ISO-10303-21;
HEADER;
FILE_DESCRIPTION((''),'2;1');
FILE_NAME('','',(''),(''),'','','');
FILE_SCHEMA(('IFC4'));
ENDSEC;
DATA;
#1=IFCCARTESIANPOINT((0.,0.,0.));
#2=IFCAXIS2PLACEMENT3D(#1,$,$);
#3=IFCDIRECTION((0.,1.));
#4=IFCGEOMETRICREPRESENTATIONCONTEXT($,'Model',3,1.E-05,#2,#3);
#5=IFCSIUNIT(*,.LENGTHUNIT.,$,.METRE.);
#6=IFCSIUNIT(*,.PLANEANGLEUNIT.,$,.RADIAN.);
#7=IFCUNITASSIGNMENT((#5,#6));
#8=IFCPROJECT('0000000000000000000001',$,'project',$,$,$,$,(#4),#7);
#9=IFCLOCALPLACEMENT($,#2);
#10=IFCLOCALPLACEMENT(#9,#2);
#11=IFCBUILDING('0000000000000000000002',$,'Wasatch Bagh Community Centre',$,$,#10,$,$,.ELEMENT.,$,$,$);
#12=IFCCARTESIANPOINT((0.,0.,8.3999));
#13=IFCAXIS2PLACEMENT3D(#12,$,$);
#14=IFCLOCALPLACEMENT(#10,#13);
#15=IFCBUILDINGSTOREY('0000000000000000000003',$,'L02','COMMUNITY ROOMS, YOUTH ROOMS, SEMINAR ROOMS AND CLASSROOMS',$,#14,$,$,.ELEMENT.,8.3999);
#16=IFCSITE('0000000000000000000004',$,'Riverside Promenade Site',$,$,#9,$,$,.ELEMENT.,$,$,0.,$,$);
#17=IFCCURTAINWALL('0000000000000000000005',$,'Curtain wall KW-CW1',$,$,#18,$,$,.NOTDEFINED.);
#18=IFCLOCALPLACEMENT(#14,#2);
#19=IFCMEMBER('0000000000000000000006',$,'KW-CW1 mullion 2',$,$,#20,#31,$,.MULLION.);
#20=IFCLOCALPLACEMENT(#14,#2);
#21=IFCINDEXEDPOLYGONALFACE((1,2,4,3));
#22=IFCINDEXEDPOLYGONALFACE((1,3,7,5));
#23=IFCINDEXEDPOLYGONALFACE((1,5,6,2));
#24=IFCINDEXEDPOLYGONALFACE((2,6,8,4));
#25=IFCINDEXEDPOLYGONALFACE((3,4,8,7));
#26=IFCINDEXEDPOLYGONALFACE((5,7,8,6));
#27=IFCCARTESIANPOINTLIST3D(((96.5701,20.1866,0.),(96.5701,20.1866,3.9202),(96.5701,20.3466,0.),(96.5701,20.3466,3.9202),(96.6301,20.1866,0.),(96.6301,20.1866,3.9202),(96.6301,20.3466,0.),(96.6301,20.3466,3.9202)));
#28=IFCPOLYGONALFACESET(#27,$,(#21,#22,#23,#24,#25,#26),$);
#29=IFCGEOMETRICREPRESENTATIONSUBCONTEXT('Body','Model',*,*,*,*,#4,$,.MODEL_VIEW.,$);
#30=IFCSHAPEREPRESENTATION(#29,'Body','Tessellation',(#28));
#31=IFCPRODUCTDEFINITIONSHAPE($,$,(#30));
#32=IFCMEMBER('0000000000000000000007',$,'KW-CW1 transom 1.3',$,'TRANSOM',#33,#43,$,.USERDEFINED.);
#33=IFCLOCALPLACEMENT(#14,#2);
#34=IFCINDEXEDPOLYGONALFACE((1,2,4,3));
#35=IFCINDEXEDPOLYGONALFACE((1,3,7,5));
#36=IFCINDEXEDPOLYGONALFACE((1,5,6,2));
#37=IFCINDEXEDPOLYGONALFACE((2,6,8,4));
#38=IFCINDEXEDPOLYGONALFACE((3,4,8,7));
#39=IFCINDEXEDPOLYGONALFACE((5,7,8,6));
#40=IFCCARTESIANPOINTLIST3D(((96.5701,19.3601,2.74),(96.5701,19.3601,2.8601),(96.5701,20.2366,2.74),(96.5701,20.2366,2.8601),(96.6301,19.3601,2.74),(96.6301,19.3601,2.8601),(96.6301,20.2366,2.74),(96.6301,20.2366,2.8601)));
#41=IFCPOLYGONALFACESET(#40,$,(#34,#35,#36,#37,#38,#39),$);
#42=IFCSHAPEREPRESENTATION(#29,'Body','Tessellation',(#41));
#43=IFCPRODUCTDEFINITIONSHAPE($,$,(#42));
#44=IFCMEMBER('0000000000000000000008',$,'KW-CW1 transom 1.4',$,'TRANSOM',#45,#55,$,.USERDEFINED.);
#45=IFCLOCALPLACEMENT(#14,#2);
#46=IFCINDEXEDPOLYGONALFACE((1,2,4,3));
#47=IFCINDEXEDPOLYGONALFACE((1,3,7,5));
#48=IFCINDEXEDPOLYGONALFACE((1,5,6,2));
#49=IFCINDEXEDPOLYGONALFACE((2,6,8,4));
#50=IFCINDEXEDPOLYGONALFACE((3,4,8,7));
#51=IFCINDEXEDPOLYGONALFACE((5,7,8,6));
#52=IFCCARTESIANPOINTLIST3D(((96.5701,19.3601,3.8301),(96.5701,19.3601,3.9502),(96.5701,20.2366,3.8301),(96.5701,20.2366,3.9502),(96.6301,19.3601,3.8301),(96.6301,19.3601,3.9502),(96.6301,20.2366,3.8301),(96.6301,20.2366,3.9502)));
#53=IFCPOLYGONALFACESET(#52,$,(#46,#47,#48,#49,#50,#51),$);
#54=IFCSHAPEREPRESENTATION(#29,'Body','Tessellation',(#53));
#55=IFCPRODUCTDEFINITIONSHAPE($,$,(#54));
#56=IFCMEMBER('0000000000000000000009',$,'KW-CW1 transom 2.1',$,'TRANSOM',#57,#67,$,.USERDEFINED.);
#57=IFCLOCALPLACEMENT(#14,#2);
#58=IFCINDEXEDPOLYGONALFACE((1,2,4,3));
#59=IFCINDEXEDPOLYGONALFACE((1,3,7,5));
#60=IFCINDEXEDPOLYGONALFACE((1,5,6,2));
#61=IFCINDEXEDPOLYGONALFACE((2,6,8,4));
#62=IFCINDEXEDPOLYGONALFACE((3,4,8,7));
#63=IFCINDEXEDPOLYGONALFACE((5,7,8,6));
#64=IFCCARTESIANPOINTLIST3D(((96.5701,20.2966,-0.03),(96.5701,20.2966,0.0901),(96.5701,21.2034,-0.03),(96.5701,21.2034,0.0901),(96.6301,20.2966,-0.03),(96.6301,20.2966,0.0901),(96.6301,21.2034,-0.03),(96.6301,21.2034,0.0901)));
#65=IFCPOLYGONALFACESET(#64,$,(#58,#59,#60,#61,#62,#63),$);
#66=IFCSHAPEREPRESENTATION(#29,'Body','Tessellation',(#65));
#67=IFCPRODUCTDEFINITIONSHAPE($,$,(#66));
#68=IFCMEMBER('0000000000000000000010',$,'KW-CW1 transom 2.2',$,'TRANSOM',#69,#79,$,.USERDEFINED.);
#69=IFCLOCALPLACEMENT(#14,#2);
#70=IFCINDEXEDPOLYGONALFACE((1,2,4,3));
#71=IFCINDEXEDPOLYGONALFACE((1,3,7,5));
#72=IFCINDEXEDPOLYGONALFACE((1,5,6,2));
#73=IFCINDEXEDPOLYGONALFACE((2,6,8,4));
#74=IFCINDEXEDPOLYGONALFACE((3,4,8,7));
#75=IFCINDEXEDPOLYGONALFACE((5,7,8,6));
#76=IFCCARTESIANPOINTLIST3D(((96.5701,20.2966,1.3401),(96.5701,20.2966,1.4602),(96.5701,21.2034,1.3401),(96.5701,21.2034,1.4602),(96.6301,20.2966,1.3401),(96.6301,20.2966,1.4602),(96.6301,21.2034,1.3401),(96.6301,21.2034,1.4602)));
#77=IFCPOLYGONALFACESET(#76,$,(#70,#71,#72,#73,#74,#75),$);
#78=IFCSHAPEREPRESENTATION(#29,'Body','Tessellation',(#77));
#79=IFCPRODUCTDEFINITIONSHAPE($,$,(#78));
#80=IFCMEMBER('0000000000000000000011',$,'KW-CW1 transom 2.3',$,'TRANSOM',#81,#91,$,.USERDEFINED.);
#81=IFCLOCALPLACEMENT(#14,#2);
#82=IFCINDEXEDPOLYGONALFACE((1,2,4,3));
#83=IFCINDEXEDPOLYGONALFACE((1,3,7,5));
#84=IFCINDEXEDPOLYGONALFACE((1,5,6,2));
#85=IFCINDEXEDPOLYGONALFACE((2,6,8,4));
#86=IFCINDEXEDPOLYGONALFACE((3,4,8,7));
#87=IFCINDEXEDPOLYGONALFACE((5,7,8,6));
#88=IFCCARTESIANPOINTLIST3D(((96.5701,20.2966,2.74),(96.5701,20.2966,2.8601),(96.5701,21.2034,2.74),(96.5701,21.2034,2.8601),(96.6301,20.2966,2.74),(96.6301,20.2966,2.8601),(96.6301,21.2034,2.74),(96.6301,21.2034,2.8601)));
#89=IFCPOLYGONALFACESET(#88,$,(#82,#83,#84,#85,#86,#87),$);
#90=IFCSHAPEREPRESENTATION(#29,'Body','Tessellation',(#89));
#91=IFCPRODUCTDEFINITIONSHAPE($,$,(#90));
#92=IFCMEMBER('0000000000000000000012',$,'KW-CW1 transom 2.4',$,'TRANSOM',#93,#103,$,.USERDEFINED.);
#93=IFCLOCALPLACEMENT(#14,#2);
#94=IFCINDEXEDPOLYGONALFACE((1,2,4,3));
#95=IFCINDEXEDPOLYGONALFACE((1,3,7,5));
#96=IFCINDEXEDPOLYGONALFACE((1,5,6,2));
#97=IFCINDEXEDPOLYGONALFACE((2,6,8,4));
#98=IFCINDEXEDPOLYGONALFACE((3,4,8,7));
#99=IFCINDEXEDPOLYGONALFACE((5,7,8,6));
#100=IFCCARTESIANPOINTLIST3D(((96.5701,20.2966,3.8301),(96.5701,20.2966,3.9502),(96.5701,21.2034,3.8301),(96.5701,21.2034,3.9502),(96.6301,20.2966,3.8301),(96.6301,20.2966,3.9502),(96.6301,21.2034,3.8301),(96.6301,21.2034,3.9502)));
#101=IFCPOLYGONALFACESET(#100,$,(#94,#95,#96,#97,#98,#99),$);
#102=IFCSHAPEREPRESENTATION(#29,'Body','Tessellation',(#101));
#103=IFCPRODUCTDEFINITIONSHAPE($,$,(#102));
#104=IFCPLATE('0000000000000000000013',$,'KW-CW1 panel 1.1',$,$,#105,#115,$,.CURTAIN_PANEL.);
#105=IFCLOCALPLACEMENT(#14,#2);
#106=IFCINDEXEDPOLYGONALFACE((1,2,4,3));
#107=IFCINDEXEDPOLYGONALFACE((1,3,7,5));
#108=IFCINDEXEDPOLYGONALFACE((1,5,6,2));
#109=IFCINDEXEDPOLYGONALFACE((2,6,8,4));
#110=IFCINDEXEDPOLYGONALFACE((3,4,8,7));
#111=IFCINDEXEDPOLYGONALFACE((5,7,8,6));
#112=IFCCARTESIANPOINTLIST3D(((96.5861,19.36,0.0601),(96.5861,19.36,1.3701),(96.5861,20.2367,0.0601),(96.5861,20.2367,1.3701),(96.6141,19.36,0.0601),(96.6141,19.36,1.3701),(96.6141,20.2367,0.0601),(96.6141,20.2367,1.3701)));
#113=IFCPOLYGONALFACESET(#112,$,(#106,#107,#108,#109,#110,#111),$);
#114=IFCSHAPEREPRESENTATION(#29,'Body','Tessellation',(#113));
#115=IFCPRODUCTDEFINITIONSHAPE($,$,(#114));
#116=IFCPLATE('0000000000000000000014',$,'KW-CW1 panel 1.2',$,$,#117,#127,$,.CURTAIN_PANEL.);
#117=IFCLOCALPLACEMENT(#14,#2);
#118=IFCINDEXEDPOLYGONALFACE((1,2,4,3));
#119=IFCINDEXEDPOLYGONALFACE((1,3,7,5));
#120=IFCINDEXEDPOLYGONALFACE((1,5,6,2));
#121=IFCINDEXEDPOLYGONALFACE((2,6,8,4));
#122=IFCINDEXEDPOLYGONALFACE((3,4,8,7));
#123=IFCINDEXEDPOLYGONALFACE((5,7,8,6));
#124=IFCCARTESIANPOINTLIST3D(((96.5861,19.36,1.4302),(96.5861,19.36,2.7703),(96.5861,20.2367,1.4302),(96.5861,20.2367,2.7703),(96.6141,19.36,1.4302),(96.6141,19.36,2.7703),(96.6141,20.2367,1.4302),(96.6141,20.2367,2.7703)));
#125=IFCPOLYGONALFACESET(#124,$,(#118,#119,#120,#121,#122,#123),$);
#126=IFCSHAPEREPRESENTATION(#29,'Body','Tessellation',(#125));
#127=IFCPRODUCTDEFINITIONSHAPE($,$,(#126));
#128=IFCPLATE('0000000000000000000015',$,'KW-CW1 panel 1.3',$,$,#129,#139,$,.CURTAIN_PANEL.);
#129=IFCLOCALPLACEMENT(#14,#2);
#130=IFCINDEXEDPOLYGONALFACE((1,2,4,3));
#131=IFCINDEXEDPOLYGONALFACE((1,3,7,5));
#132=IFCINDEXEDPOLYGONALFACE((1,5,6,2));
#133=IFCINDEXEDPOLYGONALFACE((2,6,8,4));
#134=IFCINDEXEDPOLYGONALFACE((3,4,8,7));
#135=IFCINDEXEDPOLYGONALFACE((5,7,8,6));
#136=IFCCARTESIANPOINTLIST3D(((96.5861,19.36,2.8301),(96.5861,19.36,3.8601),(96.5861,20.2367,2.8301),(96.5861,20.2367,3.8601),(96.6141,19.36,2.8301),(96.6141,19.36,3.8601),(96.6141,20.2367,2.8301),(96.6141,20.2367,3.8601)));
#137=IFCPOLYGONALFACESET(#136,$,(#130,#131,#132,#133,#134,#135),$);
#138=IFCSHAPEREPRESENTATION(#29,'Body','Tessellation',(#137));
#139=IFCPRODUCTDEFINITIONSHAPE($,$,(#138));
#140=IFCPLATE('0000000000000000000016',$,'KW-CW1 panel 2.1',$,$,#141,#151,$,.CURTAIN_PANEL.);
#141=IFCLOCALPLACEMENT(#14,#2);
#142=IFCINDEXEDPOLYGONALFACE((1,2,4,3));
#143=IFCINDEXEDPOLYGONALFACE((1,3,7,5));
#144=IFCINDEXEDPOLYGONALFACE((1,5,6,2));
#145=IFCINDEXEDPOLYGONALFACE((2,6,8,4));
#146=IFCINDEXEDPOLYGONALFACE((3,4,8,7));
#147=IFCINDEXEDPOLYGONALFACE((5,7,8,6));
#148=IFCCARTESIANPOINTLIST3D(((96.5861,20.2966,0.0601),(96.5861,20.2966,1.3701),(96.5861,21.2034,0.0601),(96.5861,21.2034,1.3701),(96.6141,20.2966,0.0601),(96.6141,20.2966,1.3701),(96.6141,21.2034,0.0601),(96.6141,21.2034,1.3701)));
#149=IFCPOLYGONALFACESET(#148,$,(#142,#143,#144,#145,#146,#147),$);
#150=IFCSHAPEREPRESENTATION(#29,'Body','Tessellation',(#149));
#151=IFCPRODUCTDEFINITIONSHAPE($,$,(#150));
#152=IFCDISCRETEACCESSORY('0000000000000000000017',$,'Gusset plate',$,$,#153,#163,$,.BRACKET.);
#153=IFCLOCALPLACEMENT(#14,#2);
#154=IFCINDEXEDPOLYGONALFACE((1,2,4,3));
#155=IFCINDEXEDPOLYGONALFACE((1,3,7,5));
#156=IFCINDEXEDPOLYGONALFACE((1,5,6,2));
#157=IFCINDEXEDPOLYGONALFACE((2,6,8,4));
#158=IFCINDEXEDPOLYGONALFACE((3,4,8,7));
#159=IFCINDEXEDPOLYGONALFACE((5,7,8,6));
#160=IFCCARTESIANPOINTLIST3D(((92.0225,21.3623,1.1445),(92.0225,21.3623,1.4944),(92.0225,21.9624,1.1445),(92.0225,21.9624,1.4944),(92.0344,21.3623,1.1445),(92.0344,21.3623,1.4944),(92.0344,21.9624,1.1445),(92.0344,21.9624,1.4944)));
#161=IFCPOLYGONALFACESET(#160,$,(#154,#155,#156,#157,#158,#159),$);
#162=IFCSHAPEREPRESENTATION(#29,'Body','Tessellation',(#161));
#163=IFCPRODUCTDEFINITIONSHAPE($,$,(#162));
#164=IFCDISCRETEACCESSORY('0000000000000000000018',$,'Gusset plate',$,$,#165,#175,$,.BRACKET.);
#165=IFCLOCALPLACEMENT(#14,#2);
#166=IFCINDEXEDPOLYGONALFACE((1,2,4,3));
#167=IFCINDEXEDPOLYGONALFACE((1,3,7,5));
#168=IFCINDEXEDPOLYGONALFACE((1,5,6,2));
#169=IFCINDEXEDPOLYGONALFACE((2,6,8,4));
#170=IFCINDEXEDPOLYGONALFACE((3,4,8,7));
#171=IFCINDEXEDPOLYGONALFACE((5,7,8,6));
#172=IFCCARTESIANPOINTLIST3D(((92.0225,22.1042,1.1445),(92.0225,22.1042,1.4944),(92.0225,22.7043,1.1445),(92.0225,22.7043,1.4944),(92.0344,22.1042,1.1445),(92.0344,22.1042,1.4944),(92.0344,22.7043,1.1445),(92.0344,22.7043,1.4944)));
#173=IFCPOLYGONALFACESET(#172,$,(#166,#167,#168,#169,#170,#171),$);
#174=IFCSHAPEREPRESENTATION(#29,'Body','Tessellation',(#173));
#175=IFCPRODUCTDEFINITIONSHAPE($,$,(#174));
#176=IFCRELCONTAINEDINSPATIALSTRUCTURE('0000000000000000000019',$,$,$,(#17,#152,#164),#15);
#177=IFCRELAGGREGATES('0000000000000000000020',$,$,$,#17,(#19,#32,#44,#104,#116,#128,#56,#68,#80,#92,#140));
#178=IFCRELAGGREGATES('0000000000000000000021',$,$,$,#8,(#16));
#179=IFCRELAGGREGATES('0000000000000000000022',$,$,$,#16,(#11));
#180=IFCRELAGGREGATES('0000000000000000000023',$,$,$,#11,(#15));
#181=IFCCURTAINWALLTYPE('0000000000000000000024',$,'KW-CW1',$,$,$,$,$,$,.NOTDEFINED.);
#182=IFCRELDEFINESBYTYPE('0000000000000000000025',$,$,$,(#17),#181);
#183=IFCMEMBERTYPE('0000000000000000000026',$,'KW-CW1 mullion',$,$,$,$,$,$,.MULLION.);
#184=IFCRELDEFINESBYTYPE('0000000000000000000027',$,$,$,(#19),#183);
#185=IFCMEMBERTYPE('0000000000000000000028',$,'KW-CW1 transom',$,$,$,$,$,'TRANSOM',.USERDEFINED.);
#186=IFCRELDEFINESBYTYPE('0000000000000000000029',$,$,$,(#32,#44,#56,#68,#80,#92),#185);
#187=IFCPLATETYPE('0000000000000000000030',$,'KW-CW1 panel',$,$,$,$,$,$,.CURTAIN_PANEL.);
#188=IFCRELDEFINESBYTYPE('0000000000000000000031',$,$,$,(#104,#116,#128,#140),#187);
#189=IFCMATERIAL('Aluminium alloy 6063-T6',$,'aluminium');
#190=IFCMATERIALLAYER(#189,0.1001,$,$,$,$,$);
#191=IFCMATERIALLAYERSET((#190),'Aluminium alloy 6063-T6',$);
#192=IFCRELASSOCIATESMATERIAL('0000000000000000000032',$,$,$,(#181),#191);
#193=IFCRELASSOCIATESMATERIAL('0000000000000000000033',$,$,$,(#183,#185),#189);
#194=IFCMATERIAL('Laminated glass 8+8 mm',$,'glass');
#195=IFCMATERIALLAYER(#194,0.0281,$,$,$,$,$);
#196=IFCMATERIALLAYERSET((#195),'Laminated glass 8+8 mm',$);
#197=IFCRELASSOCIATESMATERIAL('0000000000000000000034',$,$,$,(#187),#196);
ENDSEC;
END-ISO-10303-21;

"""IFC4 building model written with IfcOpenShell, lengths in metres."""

from ifc_helpers import new_model, si_unit, direction, frame, origin, origin_2d, place, context, subcontext, project, spatial, polyline, rectangle, outline, extrude, material, layer, layer_set, material_profile, profile_set, type_object, element, aggregate, save


model = new_model("IFC4")

# Units and contexts
model_context = context("Model", 3, precision=1e-05, world=origin(), true_north=direction((0.0, 1.0)))
body_context = subcontext(model_context, "Body", "Model", "MODEL_VIEW")
ifc_project = project(units=[si_unit("LENGTHUNIT", "METRE"), si_unit("PLANEANGLEUNIT", "RADIAN")], contexts=[model_context])

# Site, building, storey
site_placement = place(None, origin())
site = spatial("IfcSite", under=ifc_project, at=site_placement, Name="Riverside Promenade Site", CompositionType="ELEMENT", RefElevation=0.0)
building_placement = place(site_placement, origin())
building = spatial("IfcBuilding", under=site, at=building_placement, Name="Wasatch Bagh Community Centre", CompositionType="ELEMENT")
storey_placement = place(building_placement, frame((0.0, 0.0, 8.3999)))
storey = spatial("IfcBuildingStorey", under=building, at=storey_placement, Name="L02", Description="COMMUNITY ROOMS, YOUTH ROOMS, SEMINAR ROOMS AND CLASSROOMS", CompositionType="ELEMENT", Elevation=8.3999)

# Curtain wall, members, plates
ifc_material_1 = material(Name="Aluminium alloy 6063-T6", Category="aluminium")
ifc_layer_1 = layer(ifc_material_1, 0.1001)
ifc_layer_set_1 = layer_set([ifc_layer_1], Name="Aluminium alloy 6063-T6")
curtain_wall_type = type_object("IfcCurtainWallType", Name="KW-CW1", PredefinedType="NOTDEFINED", material=ifc_layer_set_1)
curtain_wall_placement = place(storey_placement, origin())
curtain_wall = element("IfcCurtainWall", 1, at=curtain_wall_placement, inside=storey, type_object=curtain_wall_type, Name="Curtain wall KW-CW1", PredefinedType="NOTDEFINED")
ifc_material_profile_1 = material_profile(ifc_material_1, rectangle(XDim=0.0601, YDim=0.1599, at=origin_2d()), Name="AL 60x160")
ifc_profile_set_1 = profile_set([ifc_material_profile_1], Name="Aluminium alloy 6063-T6")
member_type_1 = type_object("IfcMemberType", Name="KW-CW1 mullion", PredefinedType="MULLION", material=ifc_profile_set_1)
member_1_placement = place(storey_placement, frame((96.6001, 20.2666, 0.0), z_axis=(0.0, 0.0, 1.0), x_axis=(-1.0, 0.0, 0.0)))
member_1 = element("IfcMember", 2, at=member_1_placement, type_object=member_type_1, Name="KW-CW1 mullion 2", PredefinedType="MULLION", context=body_context, shape_type="SweptSolid", body=[
    extrude(rectangle(XDim=0.0601, YDim=0.1599, at=origin_2d()), origin(), (0.0, 0.0, 1.0), 3.9202),
])
ifc_material_profile_2 = material_profile(ifc_material_1, rectangle(XDim=0.0601, YDim=0.1201, at=origin_2d()), Name="AL 60x120")
ifc_profile_set_2 = profile_set([ifc_material_profile_2], Name="Aluminium alloy 6063-T6")
member_type_2 = type_object("IfcMemberType", Name="KW-CW1 transom", ElementType="TRANSOM", PredefinedType="USERDEFINED", material=ifc_profile_set_2)
member_2_placement = place(storey_placement, frame((96.6001, 19.3601, 2.8), z_axis=(0.0, 1.0, 0.0), x_axis=(-1.0, 0.0, 0.0)))
member_2 = element("IfcMember", 3, at=member_2_placement, type_object=member_type_2, Name="KW-CW1 transom 1.3", ObjectType="TRANSOM", PredefinedType="USERDEFINED", context=body_context, shape_type="SweptSolid", body=[
    extrude(rectangle(XDim=0.0601, YDim=0.1201, at=origin_2d()), origin(), (0.0, 0.0, 1.0), 0.8765),
])
member_3_placement = place(storey_placement, frame((96.6001, 19.3601, 3.8901), z_axis=(0.0, 1.0, 0.0), x_axis=(-1.0, 0.0, 0.0)))
member_3 = element("IfcMember", 4, at=member_3_placement, type_object=member_type_2, Name="KW-CW1 transom 1.4", ObjectType="TRANSOM", PredefinedType="USERDEFINED", context=body_context, shape_type="SweptSolid", body=[
    extrude(rectangle(XDim=0.0601, YDim=0.1201, at=origin_2d()), origin(), (0.0, 0.0, 1.0), 0.8765),
])
member_4_placement = place(storey_placement, frame((96.6001, 20.2966, 0.03), z_axis=(0.0, 1.0, 0.0), x_axis=(-1.0, 0.0, 0.0)))
member_4 = element("IfcMember", 5, at=member_4_placement, type_object=member_type_2, Name="KW-CW1 transom 2.1", ObjectType="TRANSOM", PredefinedType="USERDEFINED", context=body_context, shape_type="SweptSolid", body=[
    extrude(rectangle(XDim=0.0601, YDim=0.1201, at=origin_2d()), origin(), (0.0, 0.0, 1.0), 0.9067),
])
member_5_placement = place(storey_placement, frame((96.6001, 20.2966, 1.4001), z_axis=(0.0, 1.0, 0.0), x_axis=(-1.0, 0.0, 0.0)))
member_5 = element("IfcMember", 6, at=member_5_placement, type_object=member_type_2, Name="KW-CW1 transom 2.2", ObjectType="TRANSOM", PredefinedType="USERDEFINED", context=body_context, shape_type="SweptSolid", body=[
    extrude(rectangle(XDim=0.0601, YDim=0.1201, at=origin_2d()), origin(), (0.0, 0.0, 1.0), 0.9067),
])
member_6_placement = place(storey_placement, frame((96.6001, 20.2966, 2.8), z_axis=(0.0, 1.0, 0.0), x_axis=(-1.0, 0.0, 0.0)))
member_6 = element("IfcMember", 7, at=member_6_placement, type_object=member_type_2, Name="KW-CW1 transom 2.3", ObjectType="TRANSOM", PredefinedType="USERDEFINED", context=body_context, shape_type="SweptSolid", body=[
    extrude(rectangle(XDim=0.0601, YDim=0.1201, at=origin_2d()), origin(), (0.0, 0.0, 1.0), 0.9067),
])
member_7_placement = place(storey_placement, frame((96.6001, 20.2966, 3.8901), z_axis=(0.0, 1.0, 0.0), x_axis=(-1.0, 0.0, 0.0)))
member_7 = element("IfcMember", 8, at=member_7_placement, type_object=member_type_2, Name="KW-CW1 transom 2.4", ObjectType="TRANSOM", PredefinedType="USERDEFINED", context=body_context, shape_type="SweptSolid", body=[
    extrude(rectangle(XDim=0.0601, YDim=0.1201, at=origin_2d()), origin(), (0.0, 0.0, 1.0), 0.9067),
])
ifc_material_2 = material(Name="Laminated glass 8+8 mm", Category="glass")
ifc_layer_2 = layer(ifc_material_2, 0.0281)
ifc_layer_set_2 = layer_set([ifc_layer_2], Name="Laminated glass 8+8 mm")
plate_type = type_object("IfcPlateType", Name="KW-CW1 panel", PredefinedType="CURTAIN_PANEL", material=ifc_layer_set_2)
plate_1_placement = place(storey_placement, frame((96.6001, 19.7983, 0.0601), z_axis=(0.0, 0.0, 1.0), x_axis=(0.0, 1.0, 0.0)))
plate_1 = element("IfcPlate", 9, at=plate_1_placement, type_object=plate_type, Name="KW-CW1 panel 1.1", PredefinedType="CURTAIN_PANEL", context=body_context, shape_type="SweptSolid", body=[
    extrude(rectangle(XDim=0.8767, YDim=0.0281, at=origin_2d()), origin(), (0.0, 0.0, 1.0), 1.3101),
])
plate_2_placement = place(storey_placement, frame((96.6001, 19.7983, 1.4302), z_axis=(0.0, 0.0, 1.0), x_axis=(0.0, 1.0, 0.0)))
plate_2 = element("IfcPlate", 10, at=plate_2_placement, type_object=plate_type, Name="KW-CW1 panel 1.2", PredefinedType="CURTAIN_PANEL", context=body_context, shape_type="SweptSolid", body=[
    extrude(rectangle(XDim=0.8767, YDim=0.0281, at=origin_2d()), origin(), (0.0, 0.0, 1.0), 1.3401),
])
plate_3_placement = place(storey_placement, frame((96.6001, 19.7983, 2.8301), z_axis=(0.0, 0.0, 1.0), x_axis=(0.0, 1.0, 0.0)))
plate_3 = element("IfcPlate", 11, at=plate_3_placement, type_object=plate_type, Name="KW-CW1 panel 1.3", PredefinedType="CURTAIN_PANEL", context=body_context, shape_type="SweptSolid", body=[
    extrude(rectangle(XDim=0.8767, YDim=0.0281, at=origin_2d()), origin(), (0.0, 0.0, 1.0), 1.03),
])
plate_4_placement = place(storey_placement, frame((96.6001, 20.75, 0.0601), z_axis=(0.0, 0.0, 1.0), x_axis=(0.0, 1.0, 0.0)))
plate_4 = element("IfcPlate", 12, at=plate_4_placement, type_object=plate_type, Name="KW-CW1 panel 2.1", PredefinedType="CURTAIN_PANEL", context=body_context, shape_type="SweptSolid", body=[
    extrude(rectangle(XDim=0.9067, YDim=0.0281, at=origin_2d()), origin(), (0.0, 0.0, 1.0), 1.3101),
])
aggregate(curtain_wall, [member_1, member_2, member_3, plate_1, plate_2, plate_3, member_4, member_5, member_6, member_7, plate_4])

# Discrete accessories
for number, where, z_axis, x_axis, name in (
    (13, (92.0225, 21.3623, 1.4944), (-1.0, 0.0, 0.0), (0.0, 1.0, 0.0), "Gusset plate"),
    (14, (92.0225, 22.1042, 1.4944), (-1.0, 0.0, 0.0), (0.0, 1.0, 0.0), "Gusset plate"),
):
    element("IfcDiscreteAccessory", number, at=place(storey_placement, frame(where, z_axis=z_axis, x_axis=x_axis)), inside=storey, Name=name, PredefinedType="BRACKET", context=body_context, shape_type="SweptSolid", body=[
        extrude(outline(polyline([(0.0, 0.0), (0.6001, 0.0), (0.6001, 0.3499), (0.0, 0.3499), (0.0, 0.0)])), origin(), (0.0, 0.0, -1.0), 0.012),
    ])

save(model, "model.ifc")
